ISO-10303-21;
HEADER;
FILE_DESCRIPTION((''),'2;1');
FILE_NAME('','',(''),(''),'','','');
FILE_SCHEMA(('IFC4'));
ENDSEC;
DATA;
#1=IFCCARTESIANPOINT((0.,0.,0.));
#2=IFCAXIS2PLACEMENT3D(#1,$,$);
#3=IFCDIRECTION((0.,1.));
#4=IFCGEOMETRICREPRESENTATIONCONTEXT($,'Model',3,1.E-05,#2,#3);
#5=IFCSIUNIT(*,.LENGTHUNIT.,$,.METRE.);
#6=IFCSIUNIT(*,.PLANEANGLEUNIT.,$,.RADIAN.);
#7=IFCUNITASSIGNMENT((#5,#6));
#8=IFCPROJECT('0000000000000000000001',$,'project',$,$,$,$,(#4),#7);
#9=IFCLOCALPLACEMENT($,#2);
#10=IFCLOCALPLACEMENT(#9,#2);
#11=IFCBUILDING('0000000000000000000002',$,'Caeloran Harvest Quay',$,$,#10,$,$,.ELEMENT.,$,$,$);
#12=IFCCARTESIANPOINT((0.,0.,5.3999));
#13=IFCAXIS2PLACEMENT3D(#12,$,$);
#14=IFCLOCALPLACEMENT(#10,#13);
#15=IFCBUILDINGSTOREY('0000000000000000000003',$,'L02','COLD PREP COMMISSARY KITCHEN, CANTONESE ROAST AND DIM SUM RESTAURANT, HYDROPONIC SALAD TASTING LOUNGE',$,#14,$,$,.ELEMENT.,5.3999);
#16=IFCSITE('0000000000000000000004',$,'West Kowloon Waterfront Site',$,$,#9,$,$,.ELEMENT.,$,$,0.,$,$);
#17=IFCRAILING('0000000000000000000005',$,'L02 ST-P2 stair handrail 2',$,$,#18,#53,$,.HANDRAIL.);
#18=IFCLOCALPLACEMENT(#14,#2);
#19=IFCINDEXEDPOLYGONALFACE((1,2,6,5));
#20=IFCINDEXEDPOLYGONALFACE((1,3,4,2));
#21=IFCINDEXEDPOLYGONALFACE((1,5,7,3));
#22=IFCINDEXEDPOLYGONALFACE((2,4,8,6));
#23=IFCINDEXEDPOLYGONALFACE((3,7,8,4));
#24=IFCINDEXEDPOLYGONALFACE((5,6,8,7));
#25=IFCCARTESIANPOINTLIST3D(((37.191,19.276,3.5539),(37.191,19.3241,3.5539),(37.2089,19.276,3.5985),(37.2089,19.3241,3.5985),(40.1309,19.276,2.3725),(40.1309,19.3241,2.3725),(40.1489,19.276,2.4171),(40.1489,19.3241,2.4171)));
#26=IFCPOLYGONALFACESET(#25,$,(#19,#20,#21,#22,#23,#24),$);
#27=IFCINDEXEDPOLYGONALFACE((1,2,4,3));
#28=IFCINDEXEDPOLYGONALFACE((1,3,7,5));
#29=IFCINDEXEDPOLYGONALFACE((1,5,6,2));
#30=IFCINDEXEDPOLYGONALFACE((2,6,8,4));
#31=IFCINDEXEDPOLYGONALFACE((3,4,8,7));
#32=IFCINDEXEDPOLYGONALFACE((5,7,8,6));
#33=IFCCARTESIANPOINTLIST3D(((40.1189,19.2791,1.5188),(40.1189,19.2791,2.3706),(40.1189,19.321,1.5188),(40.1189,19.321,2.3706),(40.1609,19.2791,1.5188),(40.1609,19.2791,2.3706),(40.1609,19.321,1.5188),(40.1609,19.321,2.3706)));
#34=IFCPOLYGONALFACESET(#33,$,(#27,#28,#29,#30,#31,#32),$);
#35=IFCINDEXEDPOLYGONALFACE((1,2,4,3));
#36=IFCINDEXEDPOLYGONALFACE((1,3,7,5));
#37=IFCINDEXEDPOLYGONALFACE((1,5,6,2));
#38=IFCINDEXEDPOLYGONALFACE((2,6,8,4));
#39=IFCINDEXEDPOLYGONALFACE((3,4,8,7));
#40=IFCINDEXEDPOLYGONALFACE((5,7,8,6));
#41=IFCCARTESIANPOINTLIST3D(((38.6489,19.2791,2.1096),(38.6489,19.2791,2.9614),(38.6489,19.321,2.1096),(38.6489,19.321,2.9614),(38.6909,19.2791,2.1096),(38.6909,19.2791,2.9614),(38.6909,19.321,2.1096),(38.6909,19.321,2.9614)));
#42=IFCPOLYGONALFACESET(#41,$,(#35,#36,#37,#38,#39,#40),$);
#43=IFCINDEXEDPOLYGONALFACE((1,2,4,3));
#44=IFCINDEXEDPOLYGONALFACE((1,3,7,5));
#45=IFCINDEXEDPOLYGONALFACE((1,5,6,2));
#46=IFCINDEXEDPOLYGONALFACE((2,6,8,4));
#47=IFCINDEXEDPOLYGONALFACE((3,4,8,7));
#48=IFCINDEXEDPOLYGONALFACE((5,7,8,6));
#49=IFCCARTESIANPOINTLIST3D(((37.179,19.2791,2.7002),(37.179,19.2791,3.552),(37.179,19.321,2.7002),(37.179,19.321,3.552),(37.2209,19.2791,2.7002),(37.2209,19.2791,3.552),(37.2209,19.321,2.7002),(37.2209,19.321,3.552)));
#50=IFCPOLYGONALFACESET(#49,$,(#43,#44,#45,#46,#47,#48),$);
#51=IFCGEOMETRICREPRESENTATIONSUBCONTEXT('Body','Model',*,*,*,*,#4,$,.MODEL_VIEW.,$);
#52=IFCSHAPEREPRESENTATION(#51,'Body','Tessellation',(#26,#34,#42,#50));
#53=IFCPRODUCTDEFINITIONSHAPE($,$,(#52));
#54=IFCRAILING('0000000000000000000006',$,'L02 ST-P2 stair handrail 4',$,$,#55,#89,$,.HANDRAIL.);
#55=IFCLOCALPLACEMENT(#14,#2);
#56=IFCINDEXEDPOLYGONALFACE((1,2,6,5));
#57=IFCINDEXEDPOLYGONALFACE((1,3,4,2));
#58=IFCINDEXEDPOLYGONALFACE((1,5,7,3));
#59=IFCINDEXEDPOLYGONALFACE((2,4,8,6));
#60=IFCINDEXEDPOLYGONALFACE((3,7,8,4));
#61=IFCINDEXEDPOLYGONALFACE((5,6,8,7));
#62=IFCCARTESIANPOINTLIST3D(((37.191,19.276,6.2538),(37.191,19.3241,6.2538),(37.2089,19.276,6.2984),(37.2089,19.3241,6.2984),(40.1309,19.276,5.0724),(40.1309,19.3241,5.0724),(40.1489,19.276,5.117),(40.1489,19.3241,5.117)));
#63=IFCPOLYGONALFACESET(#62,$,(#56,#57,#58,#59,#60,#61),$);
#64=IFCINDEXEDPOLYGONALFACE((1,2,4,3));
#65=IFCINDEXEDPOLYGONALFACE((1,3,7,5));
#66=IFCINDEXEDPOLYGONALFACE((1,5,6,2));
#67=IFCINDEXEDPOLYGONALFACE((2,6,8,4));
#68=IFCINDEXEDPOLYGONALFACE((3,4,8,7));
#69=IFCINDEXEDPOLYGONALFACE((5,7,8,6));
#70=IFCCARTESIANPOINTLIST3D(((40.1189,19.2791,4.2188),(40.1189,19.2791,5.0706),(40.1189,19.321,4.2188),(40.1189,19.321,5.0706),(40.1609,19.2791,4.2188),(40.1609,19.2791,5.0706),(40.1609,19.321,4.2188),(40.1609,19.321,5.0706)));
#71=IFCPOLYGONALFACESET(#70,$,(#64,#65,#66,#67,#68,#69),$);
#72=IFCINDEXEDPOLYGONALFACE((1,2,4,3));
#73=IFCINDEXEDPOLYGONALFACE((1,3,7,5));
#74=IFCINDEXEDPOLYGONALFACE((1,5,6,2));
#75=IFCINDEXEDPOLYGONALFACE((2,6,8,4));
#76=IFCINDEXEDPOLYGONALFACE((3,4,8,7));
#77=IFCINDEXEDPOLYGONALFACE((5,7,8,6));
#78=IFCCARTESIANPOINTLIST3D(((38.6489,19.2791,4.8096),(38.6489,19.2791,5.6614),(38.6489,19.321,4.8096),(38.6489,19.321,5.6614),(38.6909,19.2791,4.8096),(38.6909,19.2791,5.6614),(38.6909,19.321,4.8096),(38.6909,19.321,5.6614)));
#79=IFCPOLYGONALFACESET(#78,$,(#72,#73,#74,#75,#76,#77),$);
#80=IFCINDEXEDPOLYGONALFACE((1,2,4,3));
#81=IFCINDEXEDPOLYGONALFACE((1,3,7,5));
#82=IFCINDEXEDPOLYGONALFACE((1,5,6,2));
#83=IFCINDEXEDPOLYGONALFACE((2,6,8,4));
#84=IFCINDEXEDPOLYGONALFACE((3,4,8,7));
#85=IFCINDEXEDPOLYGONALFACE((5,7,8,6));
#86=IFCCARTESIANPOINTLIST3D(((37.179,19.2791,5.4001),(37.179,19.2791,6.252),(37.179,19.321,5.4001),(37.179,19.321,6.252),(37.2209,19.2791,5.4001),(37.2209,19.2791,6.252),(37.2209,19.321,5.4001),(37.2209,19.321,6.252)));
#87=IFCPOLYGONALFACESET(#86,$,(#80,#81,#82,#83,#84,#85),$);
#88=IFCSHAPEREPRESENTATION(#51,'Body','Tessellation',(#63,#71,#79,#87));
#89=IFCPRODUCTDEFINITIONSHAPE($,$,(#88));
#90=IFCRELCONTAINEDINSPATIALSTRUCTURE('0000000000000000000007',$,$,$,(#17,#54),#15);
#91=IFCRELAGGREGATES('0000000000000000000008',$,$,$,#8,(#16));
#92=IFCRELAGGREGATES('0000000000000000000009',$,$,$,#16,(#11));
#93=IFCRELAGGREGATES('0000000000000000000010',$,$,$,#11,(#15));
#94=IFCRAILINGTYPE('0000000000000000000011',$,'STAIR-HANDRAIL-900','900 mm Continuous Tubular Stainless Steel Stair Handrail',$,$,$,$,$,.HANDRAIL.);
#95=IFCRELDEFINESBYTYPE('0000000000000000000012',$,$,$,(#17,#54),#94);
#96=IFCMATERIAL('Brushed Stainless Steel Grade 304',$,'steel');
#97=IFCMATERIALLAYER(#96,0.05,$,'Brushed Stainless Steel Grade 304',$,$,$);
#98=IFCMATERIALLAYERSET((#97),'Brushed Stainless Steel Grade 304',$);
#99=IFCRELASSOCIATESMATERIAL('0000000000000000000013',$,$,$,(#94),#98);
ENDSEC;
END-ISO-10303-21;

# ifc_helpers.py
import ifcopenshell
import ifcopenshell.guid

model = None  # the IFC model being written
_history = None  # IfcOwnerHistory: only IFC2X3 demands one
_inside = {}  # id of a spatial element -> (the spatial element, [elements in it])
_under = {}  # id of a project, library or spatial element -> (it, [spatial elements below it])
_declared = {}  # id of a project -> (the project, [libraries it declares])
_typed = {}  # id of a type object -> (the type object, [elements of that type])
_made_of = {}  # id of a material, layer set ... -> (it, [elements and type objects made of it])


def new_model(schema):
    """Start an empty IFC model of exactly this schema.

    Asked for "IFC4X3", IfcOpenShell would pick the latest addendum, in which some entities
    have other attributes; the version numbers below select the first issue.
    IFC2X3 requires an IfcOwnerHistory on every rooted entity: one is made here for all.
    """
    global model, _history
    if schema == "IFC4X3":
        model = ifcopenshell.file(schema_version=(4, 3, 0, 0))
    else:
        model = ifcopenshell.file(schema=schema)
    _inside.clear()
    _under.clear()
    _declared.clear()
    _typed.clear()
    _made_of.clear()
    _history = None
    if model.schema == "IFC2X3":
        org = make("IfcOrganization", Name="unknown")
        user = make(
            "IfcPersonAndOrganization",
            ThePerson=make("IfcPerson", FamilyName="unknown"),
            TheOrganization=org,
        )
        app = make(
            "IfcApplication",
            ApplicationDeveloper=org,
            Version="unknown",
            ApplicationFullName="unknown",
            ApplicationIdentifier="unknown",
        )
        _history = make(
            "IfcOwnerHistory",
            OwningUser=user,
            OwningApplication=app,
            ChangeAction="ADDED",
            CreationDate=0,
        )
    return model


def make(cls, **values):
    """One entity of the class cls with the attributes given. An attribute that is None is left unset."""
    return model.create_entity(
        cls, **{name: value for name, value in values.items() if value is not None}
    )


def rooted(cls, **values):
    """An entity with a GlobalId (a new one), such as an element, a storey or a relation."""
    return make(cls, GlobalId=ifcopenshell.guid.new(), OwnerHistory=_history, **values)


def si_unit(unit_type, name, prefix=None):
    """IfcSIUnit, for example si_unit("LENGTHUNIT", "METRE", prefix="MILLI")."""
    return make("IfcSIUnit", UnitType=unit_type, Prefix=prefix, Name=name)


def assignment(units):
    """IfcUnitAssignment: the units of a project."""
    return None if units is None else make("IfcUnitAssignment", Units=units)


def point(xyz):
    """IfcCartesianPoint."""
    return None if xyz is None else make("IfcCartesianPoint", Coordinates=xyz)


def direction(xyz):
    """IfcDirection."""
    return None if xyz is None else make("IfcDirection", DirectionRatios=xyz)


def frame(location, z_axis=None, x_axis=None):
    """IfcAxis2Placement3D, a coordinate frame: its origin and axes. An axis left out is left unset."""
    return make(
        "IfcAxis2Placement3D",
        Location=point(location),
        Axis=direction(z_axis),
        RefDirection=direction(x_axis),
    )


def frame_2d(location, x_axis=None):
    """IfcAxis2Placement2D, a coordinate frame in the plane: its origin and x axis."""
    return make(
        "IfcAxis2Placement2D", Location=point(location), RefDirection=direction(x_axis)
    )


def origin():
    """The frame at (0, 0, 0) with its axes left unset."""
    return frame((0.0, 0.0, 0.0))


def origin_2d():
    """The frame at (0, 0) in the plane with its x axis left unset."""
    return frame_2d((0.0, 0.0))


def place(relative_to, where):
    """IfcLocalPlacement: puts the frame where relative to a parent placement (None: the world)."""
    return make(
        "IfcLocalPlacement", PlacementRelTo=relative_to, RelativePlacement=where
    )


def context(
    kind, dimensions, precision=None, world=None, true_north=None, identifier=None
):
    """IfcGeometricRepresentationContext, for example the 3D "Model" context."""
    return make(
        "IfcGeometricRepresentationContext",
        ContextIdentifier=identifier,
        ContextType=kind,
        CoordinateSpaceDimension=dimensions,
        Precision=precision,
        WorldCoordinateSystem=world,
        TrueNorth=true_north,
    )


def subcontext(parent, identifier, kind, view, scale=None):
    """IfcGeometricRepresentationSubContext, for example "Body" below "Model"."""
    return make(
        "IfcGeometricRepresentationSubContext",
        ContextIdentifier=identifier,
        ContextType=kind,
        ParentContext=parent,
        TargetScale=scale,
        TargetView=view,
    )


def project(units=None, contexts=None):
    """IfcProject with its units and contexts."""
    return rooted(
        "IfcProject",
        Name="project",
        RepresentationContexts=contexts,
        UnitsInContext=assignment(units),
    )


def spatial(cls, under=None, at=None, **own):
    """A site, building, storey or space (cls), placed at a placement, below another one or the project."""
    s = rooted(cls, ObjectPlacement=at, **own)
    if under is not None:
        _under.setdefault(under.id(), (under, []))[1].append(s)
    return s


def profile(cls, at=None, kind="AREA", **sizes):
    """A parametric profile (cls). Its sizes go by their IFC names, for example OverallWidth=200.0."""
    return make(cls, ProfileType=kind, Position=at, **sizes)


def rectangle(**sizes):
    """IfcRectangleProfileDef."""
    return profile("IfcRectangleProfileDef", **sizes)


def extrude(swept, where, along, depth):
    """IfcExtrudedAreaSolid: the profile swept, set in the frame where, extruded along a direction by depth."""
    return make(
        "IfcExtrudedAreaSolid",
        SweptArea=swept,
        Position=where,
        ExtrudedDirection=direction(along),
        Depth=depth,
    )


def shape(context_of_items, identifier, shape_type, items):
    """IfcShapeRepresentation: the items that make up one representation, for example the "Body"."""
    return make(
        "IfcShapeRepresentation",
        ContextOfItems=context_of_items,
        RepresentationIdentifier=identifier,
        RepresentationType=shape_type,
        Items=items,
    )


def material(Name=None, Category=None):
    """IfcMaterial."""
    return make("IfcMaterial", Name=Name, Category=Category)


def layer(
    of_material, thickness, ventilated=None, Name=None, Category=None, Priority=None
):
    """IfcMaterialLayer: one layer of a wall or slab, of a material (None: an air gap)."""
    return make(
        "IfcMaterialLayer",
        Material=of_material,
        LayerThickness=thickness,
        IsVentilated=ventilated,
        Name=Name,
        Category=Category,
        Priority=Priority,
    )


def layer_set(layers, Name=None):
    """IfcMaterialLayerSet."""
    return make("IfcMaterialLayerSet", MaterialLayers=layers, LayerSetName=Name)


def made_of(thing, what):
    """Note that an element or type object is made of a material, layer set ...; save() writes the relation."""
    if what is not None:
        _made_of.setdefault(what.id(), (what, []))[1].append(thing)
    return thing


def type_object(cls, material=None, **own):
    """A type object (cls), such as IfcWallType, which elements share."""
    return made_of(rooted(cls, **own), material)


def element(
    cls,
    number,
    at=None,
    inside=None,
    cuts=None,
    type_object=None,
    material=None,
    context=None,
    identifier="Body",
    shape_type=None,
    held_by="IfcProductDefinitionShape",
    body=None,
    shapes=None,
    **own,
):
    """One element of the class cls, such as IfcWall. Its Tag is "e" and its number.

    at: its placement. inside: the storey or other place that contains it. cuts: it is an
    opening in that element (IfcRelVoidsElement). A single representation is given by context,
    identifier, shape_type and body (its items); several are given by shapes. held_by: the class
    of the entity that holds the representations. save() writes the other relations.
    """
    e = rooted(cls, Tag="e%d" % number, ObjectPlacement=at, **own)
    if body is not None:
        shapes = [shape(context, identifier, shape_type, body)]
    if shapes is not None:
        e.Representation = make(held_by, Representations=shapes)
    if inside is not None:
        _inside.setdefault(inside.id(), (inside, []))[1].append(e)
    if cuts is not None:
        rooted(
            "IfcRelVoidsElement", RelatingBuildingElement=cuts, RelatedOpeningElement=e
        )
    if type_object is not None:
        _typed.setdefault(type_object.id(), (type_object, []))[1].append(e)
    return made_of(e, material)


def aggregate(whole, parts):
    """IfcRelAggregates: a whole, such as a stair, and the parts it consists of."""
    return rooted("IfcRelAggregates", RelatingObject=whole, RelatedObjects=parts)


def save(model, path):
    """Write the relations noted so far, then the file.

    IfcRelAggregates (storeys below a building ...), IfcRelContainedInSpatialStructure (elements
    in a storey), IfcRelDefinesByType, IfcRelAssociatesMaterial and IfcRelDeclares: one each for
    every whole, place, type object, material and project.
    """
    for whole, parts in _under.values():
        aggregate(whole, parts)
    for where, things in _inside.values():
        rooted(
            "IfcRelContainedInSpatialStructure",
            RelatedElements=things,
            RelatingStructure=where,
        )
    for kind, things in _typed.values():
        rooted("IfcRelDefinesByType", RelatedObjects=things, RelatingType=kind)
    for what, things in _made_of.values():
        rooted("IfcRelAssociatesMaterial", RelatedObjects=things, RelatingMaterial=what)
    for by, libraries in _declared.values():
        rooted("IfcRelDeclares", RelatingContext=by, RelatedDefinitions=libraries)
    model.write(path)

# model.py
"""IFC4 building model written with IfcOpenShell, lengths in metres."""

from ifc_helpers import new_model, si_unit, direction, frame, origin, origin_2d, place, context, subcontext, project, spatial, rectangle, extrude, material, layer, layer_set, type_object, element, save


model = new_model("IFC4")

# Units and contexts
model_context = context("Model", 3, precision=1e-05, world=origin(), true_north=direction((0.0, 1.0)))
body_context = subcontext(model_context, "Body", "Model", "MODEL_VIEW")
ifc_project = project(units=[si_unit("LENGTHUNIT", "METRE"), si_unit("PLANEANGLEUNIT", "RADIAN")], contexts=[model_context])

# Site, building, storey
site_placement = place(None, origin())
site = spatial("IfcSite", under=ifc_project, at=site_placement, Name="West Kowloon Waterfront Site", CompositionType="ELEMENT", RefElevation=0.0)
building_placement = place(site_placement, origin())
building = spatial("IfcBuilding", under=site, at=building_placement, Name="Caeloran Harvest Quay", CompositionType="ELEMENT")
storey_placement = place(building_placement, frame((0.0, 0.0, 5.3999)))
storey = spatial("IfcBuildingStorey", under=building, at=storey_placement, Name="L02", Description="COLD PREP COMMISSARY KITCHEN, CANTONESE ROAST AND DIM SUM RESTAURANT, HYDROPONIC SALAD TASTING LOUNGE", CompositionType="ELEMENT", Elevation=5.3999)

# Railings
ifc_material_1 = material(Name="Brushed Stainless Steel Grade 304", Category="steel")
ifc_layer_1 = layer(ifc_material_1, 0.05, Name="Brushed Stainless Steel Grade 304")
ifc_layer_set_1 = layer_set([ifc_layer_1], Name="Brushed Stainless Steel Grade 304")
railing_type_1 = type_object("IfcRailingType", Name="STAIR-HANDRAIL-900", Description="900 mm Continuous Tubular Stainless Steel Stair Handrail", PredefinedType="HANDRAIL", material=ifc_layer_set_1)
for number, where, name in (
    (1, (40.1399, 19.3, 1.5188), "L02 ST-P2 stair handrail 2"),
    (2, (40.1399, 19.3, 4.2188), "L02 ST-P2 stair handrail 4"),
):
    element("IfcRailing", number, at=place(storey_placement, frame(where)), inside=storey, type_object=railing_type_1, Name=name, PredefinedType="HANDRAIL", context=body_context, shape_type="SweptSolid", body=[
        extrude(rectangle(XDim=0.0481, YDim=0.0481, at=origin_2d()), frame((0.0, 0.0, 0.876), z_axis=(-0.927886, 0.0, 0.372865), x_axis=(0.0, -1.0, 0.0)), (0.0, 0.0, 1.0), 3.1685),
        extrude(rectangle(XDim=0.042, YDim=0.042, at=origin_2d()), origin(), (0.0, 0.0, 1.0), 0.8518),
        extrude(rectangle(XDim=0.042, YDim=0.042, at=origin_2d()), frame((-1.47, 0.0, 0.5908)), (0.0, 0.0, 1.0), 0.8518),
        extrude(rectangle(XDim=0.042, YDim=0.042, at=origin_2d()), frame((-2.9399, 0.0, 1.1814)), (0.0, 0.0, 1.0), 0.8518),
    ])

save(model, "model.ifc")
